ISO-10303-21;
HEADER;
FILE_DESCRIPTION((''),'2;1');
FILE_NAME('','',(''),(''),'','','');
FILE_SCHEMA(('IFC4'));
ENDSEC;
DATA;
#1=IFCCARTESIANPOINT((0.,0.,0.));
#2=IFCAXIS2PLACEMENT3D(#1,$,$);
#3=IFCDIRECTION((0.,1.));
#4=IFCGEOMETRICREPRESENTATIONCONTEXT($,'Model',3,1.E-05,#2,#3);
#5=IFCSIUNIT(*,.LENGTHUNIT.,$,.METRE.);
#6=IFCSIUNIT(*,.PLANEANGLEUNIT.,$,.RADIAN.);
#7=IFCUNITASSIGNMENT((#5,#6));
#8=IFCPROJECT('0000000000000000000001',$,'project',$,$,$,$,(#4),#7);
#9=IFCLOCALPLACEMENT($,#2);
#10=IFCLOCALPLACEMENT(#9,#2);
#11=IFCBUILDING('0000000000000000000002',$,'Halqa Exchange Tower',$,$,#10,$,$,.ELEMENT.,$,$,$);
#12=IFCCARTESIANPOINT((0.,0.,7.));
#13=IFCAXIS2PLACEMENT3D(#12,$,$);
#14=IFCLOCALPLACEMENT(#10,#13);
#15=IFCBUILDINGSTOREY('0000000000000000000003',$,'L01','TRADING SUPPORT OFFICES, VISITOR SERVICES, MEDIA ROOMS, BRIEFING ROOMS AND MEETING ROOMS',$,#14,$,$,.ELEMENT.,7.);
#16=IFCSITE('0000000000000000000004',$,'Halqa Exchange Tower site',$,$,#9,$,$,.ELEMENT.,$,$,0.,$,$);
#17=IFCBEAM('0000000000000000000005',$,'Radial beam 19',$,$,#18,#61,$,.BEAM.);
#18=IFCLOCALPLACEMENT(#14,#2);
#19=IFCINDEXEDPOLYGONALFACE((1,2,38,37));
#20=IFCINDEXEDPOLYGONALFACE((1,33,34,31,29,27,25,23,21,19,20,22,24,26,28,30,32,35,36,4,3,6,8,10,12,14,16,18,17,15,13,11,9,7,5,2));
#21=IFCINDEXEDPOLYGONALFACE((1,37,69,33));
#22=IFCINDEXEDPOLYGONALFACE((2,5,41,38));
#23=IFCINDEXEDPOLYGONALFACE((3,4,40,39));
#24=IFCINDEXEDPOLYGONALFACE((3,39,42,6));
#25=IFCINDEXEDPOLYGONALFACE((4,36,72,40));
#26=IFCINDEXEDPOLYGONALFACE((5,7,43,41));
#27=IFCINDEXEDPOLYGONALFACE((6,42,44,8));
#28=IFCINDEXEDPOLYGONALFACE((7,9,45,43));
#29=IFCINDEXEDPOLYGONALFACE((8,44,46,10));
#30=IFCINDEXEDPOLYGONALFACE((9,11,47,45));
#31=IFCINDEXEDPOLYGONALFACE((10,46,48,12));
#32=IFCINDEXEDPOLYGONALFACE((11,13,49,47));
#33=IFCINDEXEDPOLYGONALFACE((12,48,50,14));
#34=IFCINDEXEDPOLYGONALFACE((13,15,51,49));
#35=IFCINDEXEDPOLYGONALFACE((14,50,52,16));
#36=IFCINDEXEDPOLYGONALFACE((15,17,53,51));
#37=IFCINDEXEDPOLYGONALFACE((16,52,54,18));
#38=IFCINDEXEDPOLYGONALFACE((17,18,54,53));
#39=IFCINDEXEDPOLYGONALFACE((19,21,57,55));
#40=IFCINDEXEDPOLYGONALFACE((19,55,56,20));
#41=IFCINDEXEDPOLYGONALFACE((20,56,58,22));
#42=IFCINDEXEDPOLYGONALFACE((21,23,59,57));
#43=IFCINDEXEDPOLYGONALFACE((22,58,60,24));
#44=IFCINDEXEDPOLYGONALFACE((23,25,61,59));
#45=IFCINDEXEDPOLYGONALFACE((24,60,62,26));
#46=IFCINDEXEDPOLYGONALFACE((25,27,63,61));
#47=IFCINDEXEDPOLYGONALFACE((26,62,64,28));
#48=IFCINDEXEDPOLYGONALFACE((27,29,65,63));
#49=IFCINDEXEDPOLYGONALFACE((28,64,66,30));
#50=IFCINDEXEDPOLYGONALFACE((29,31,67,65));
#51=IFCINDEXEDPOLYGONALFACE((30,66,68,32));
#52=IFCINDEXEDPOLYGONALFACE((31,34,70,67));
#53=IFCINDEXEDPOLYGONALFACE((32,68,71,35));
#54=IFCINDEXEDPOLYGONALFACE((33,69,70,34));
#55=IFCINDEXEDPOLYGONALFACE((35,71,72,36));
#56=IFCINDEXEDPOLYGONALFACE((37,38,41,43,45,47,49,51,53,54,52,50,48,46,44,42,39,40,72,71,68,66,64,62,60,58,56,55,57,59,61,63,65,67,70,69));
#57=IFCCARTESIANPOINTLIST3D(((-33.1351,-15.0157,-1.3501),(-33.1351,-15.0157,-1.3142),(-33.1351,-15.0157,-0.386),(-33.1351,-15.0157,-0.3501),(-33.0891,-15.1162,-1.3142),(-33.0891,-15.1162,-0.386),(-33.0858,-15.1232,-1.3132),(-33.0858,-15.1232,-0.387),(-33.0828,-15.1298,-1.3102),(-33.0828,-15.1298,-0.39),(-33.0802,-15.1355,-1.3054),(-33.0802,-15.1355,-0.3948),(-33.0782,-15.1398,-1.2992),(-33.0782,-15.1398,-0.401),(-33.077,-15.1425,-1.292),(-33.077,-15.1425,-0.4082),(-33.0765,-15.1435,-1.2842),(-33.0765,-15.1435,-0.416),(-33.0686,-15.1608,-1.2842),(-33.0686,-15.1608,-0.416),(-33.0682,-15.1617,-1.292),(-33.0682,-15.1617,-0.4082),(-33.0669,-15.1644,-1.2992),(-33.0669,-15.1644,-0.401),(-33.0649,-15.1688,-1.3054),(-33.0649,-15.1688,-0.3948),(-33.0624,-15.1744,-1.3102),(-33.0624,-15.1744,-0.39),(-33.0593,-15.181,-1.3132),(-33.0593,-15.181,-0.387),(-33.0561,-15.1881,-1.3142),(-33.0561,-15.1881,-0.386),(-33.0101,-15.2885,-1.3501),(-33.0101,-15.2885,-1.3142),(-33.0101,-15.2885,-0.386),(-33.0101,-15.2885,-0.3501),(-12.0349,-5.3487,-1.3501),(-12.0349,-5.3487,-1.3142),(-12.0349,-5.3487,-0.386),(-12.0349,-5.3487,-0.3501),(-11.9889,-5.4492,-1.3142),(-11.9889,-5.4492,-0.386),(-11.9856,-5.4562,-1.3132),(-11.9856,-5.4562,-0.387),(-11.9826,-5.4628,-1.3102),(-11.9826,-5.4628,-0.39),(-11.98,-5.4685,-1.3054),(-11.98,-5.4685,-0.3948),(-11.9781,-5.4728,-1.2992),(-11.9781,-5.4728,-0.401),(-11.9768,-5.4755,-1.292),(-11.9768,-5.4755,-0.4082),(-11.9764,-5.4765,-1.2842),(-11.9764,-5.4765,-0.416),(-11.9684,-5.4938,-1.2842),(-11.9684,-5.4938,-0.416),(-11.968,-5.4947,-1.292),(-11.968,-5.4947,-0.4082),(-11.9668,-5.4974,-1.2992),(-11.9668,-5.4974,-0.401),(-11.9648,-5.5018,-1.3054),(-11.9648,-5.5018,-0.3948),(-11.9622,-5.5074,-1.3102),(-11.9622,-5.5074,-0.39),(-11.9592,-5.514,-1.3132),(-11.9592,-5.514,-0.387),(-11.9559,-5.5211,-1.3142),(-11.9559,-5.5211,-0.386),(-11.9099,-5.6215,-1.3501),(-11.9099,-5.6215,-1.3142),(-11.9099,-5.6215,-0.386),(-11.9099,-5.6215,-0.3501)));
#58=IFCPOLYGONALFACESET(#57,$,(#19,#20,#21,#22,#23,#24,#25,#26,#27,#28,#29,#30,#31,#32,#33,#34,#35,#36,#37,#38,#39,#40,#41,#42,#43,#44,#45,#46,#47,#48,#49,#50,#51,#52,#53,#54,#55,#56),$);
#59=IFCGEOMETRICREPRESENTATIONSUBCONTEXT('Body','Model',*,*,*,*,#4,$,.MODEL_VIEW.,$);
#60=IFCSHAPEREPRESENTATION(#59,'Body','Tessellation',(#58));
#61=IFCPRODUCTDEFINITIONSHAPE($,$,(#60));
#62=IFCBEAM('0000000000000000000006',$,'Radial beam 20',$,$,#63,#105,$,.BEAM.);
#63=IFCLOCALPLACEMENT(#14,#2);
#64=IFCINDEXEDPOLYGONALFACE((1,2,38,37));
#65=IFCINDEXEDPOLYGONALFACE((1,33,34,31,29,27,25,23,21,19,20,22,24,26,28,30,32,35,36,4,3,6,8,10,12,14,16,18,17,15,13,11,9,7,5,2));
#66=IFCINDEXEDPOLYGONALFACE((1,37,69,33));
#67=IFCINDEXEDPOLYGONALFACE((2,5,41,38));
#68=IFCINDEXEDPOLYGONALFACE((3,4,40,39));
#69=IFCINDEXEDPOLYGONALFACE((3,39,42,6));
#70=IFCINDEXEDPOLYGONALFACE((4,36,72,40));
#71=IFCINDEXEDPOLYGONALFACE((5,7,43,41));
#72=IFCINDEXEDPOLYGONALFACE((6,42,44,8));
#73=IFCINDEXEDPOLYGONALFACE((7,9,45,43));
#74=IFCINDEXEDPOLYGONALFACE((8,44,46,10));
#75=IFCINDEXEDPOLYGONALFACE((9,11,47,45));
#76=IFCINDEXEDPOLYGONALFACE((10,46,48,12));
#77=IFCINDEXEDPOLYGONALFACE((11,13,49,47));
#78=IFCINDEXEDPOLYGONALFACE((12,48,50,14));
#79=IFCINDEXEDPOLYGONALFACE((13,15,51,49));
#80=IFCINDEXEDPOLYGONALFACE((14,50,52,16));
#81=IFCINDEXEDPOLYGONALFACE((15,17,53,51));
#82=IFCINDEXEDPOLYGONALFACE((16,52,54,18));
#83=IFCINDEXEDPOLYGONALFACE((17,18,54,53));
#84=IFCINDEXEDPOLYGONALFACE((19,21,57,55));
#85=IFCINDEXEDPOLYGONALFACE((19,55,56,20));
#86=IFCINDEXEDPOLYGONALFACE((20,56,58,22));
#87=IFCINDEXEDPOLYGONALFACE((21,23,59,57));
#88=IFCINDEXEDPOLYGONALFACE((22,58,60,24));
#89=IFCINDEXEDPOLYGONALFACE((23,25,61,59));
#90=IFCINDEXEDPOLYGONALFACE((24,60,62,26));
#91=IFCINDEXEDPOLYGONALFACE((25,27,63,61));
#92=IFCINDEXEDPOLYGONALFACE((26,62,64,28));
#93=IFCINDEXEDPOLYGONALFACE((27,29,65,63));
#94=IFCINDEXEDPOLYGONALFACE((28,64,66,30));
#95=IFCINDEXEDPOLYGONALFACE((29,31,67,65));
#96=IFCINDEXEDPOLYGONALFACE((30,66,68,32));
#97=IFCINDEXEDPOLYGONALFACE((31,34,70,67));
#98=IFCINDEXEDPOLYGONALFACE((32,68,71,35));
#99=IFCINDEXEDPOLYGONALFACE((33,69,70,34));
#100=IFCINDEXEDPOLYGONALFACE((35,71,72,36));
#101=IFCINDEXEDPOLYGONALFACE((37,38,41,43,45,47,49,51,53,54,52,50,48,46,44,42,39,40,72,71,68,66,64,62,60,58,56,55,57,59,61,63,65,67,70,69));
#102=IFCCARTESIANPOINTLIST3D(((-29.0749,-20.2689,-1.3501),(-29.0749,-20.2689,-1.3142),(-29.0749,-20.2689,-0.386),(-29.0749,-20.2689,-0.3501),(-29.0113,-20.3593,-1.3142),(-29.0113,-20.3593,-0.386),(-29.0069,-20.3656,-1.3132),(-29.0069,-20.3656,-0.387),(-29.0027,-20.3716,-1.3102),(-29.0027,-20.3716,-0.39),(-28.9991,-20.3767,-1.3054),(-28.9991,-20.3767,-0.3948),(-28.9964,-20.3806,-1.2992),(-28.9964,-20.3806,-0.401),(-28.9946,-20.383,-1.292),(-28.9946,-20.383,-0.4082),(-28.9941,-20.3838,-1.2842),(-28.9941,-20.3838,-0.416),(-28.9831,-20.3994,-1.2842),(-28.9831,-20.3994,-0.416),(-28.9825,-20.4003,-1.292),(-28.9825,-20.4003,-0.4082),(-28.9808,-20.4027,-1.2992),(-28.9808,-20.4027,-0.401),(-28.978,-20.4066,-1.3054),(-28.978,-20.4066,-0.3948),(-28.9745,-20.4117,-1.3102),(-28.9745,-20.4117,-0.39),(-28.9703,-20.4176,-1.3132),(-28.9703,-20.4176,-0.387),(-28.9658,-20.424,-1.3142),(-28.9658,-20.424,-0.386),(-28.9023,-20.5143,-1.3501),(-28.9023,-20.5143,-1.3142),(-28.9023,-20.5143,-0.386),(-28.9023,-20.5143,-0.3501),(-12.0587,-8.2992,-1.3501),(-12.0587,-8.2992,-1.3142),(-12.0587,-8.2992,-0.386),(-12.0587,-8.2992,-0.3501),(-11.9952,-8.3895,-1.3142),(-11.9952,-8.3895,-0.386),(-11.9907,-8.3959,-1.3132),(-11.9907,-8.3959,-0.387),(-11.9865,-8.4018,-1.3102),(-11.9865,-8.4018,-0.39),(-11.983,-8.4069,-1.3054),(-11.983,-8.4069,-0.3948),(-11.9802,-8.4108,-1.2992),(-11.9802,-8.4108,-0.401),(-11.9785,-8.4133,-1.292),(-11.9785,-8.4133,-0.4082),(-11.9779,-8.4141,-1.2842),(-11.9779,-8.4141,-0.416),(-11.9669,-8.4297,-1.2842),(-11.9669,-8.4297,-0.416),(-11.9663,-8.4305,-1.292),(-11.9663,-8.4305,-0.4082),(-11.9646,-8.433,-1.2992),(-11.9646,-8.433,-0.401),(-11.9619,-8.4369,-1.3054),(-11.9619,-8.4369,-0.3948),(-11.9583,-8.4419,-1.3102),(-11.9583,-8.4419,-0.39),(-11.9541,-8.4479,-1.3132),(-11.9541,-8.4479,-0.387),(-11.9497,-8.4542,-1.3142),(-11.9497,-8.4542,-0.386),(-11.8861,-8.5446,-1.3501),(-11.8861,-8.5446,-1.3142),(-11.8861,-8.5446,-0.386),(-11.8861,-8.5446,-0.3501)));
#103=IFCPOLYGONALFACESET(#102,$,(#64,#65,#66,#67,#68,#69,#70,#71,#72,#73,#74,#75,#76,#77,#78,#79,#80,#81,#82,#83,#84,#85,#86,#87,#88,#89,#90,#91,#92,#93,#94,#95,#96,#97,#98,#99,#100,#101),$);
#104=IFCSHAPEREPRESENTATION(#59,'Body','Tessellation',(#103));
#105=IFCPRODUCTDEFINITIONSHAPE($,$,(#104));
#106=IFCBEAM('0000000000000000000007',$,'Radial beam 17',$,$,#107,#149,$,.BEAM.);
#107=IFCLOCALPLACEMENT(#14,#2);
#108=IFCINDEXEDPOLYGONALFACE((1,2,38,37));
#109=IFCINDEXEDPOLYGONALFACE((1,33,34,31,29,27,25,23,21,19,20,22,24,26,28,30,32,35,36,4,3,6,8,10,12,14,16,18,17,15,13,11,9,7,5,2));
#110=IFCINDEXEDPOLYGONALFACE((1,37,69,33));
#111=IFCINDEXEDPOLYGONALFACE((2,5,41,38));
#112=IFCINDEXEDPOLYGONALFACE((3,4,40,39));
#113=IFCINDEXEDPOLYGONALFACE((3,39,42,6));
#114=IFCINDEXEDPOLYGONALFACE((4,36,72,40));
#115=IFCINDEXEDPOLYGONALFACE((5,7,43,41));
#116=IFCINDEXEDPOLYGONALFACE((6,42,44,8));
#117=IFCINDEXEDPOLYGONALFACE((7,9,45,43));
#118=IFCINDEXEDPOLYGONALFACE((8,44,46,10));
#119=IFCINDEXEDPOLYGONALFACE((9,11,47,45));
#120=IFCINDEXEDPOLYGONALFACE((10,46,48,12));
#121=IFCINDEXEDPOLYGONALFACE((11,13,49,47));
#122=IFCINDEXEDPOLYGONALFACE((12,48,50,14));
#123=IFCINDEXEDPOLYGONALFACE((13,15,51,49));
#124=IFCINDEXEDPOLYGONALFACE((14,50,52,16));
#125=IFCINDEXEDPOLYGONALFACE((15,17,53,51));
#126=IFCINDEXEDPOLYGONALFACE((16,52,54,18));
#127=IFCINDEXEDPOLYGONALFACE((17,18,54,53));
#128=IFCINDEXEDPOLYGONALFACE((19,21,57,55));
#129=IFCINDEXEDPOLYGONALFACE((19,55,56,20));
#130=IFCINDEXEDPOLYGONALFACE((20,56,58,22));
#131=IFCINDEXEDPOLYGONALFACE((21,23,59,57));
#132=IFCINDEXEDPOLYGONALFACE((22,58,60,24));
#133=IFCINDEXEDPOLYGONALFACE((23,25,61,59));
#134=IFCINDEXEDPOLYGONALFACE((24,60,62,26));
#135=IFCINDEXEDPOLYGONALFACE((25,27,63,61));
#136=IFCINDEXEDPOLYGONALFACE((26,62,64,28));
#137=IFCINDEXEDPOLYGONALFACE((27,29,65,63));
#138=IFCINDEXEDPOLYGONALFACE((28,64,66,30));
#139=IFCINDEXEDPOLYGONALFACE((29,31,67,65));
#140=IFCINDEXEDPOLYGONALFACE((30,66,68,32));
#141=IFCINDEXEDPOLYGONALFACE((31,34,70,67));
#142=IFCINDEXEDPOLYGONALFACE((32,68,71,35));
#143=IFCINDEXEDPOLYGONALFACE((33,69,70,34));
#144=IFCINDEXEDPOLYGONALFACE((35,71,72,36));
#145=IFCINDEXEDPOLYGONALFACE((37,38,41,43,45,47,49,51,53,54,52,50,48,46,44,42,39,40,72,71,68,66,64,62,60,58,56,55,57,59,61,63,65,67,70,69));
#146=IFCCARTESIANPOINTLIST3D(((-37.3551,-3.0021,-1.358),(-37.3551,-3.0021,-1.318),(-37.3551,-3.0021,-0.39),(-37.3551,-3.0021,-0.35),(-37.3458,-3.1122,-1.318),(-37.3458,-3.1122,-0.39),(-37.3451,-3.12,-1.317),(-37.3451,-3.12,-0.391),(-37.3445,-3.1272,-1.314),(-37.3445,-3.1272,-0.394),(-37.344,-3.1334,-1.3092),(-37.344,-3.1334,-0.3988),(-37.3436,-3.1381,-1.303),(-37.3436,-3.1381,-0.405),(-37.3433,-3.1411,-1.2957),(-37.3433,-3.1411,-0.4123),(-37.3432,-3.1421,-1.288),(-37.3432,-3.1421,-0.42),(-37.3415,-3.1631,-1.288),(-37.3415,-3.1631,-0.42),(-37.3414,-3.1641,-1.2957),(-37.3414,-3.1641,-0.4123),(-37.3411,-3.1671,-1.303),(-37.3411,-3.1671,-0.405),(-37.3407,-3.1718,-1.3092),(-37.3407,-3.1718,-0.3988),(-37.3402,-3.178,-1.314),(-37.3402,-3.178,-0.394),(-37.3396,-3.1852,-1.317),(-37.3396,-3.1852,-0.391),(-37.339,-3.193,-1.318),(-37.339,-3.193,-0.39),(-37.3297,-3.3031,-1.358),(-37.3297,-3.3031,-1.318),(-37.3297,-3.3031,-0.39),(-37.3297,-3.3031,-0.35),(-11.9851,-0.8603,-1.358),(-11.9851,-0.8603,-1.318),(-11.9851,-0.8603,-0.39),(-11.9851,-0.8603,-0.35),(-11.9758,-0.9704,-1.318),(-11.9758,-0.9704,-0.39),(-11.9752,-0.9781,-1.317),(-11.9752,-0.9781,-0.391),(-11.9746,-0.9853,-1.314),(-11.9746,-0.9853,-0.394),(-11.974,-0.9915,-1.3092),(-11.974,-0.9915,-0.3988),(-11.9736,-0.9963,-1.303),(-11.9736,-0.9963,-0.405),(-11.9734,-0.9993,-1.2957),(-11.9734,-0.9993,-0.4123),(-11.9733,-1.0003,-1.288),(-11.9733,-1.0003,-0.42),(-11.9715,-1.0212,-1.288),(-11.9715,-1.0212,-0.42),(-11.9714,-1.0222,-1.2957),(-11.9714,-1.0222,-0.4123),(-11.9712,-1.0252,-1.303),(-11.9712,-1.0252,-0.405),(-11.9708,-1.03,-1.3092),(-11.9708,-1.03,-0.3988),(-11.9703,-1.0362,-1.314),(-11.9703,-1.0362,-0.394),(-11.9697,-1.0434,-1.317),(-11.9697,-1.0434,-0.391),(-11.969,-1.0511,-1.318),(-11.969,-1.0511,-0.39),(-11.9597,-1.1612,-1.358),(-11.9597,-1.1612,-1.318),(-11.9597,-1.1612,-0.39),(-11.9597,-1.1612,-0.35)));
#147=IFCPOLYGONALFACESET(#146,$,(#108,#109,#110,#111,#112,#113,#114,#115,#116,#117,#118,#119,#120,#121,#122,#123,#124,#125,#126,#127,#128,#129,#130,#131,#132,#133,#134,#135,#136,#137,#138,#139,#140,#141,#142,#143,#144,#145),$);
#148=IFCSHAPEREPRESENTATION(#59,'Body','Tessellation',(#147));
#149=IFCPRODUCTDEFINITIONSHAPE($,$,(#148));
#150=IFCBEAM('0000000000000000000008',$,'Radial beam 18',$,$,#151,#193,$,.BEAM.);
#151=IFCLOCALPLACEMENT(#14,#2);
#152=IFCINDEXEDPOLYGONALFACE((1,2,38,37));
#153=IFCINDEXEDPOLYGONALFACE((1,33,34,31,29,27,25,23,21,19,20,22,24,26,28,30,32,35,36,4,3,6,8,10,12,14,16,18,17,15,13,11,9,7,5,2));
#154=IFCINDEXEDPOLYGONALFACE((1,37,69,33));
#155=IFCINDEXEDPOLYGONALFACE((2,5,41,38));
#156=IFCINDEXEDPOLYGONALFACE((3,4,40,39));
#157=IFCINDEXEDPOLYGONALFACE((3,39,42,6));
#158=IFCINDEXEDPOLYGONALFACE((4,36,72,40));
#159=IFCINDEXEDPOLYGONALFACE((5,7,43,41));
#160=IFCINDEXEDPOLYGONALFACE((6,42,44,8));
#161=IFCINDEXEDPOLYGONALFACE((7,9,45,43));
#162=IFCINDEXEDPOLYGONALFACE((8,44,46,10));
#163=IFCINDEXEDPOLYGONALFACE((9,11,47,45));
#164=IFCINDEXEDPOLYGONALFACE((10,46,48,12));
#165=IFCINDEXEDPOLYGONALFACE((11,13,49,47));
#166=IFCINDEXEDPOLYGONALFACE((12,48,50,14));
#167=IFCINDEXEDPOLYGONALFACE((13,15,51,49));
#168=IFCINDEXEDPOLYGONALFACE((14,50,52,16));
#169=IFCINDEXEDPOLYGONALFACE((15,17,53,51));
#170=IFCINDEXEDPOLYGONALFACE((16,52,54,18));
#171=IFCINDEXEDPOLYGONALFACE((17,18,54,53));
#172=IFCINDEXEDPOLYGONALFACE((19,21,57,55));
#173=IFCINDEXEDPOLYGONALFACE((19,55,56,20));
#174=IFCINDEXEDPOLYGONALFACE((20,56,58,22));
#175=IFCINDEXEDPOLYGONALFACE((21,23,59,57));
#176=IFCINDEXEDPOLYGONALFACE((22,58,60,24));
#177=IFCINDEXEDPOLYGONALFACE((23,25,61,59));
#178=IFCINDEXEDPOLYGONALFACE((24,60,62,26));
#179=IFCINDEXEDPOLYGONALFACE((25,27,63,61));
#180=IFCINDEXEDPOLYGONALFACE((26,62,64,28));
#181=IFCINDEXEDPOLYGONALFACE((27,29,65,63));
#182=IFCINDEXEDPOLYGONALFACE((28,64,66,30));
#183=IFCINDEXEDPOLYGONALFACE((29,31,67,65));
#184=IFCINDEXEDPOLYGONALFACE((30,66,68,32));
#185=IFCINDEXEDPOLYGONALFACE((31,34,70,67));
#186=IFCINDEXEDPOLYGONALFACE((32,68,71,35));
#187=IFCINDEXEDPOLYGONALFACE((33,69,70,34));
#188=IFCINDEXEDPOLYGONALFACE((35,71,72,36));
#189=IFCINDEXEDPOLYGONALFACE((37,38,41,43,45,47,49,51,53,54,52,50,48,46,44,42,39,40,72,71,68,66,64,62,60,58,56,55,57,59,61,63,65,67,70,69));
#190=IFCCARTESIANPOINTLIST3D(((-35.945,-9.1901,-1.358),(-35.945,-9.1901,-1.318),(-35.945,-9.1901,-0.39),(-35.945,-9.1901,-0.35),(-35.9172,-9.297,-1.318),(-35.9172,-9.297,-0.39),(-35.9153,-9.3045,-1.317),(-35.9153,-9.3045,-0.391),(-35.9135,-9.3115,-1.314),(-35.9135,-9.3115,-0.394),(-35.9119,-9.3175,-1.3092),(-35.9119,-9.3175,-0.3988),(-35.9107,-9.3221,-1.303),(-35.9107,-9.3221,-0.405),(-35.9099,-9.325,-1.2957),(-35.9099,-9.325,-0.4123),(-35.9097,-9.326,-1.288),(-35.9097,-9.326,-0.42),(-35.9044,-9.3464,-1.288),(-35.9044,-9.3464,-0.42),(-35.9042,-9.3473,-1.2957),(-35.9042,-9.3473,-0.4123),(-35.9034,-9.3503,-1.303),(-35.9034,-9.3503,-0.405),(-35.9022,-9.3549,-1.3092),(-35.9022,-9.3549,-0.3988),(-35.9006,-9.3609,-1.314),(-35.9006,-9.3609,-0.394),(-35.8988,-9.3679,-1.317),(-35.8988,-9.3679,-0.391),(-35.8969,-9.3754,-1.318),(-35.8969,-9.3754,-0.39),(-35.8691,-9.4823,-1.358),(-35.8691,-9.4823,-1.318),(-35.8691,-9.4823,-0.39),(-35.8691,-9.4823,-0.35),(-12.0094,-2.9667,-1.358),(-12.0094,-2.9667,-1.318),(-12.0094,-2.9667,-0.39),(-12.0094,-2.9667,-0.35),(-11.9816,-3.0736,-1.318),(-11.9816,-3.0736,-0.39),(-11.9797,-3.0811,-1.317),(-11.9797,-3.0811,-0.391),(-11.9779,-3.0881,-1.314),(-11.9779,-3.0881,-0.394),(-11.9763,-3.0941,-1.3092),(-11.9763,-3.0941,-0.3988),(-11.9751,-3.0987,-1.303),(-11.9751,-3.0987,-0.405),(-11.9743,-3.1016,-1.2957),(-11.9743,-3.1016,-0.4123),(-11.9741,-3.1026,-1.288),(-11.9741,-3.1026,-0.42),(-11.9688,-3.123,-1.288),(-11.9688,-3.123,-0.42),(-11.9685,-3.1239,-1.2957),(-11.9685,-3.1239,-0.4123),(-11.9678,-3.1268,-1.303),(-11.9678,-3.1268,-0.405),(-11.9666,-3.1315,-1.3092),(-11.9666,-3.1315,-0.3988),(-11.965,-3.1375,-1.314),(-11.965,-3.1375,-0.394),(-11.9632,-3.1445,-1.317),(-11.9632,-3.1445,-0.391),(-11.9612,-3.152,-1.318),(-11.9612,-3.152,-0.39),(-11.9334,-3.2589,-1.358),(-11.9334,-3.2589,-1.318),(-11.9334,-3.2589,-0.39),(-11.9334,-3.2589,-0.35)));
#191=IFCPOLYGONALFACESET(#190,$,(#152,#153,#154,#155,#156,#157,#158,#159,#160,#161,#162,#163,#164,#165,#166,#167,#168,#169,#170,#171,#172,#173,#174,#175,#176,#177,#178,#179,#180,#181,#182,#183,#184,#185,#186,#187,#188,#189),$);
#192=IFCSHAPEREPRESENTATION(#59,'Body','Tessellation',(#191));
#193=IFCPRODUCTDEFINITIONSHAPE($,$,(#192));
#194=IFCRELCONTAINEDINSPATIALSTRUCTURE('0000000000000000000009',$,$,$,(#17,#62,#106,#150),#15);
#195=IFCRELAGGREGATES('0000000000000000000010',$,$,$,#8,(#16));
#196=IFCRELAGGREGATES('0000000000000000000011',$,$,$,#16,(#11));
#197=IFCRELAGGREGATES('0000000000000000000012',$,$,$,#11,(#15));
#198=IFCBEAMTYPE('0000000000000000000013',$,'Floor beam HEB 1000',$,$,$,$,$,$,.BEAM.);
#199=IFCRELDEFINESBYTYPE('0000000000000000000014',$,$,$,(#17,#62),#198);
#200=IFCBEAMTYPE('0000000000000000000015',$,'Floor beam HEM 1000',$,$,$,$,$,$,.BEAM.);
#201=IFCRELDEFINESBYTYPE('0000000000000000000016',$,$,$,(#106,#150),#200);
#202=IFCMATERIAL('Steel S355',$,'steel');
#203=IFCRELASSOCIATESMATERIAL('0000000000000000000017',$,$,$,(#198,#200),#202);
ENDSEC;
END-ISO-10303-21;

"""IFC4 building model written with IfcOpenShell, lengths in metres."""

from ifc_helpers import new_model, si_unit, direction, frame, origin, origin_2d, place, context, subcontext, project, spatial, i_section, extrude, material, material_profile, profile_set, type_object, element, save


model = new_model("IFC4")

# Units and contexts
model_context = context("Model", 3, precision=1e-05, world=origin(), true_north=direction((0.0, 1.0)))
body_context = subcontext(model_context, "Body", "Model", "MODEL_VIEW")
ifc_project = project(units=[si_unit("LENGTHUNIT", "METRE"), si_unit("PLANEANGLEUNIT", "RADIAN")], contexts=[model_context])

# Site, building, storey
site_placement = place(None, origin())
site = spatial("IfcSite", under=ifc_project, at=site_placement, Name="Halqa Exchange Tower site", CompositionType="ELEMENT", RefElevation=0.0)
building_placement = place(site_placement, origin())
building = spatial("IfcBuilding", under=site, at=building_placement, Name="Halqa Exchange Tower", CompositionType="ELEMENT")
storey_placement = place(building_placement, frame((0.0, 0.0, 7.0)))
storey = spatial("IfcBuildingStorey", under=building, at=storey_placement, Name="L01", Description="TRADING SUPPORT OFFICES, VISITOR SERVICES, MEDIA ROOMS, BRIEFING ROOMS AND MEETING ROOMS", CompositionType="ELEMENT", Elevation=7.0)

# Beams
ifc_material_1 = material(Name="Steel S355", Category="steel")
ifc_material_profile_1 = material_profile(ifc_material_1, i_section(OverallWidth=0.3, OverallDepth=1.0, WebThickness=0.019, FlangeThickness=0.0359, FilletRadius=0.03, at=origin_2d()), Name="HEB 1000")
ifc_profile_set_1 = profile_set([ifc_material_profile_1], Name="Steel S355")
beam_type_1 = type_object("IfcBeamType", Name="Floor beam HEB 1000", PredefinedType="BEAM", material=ifc_profile_set_1)
beam_1_placement = place(storey_placement, frame((-11.9724, -5.4851, -0.8501), z_axis=(-0.909128, -0.416516, 0.0), x_axis=(0.416516, -0.909128, 0.0)))
element("IfcBeam", 1, at=beam_1_placement, inside=storey, type_object=beam_type_1, Name="Radial beam 19", PredefinedType="BEAM", context=body_context, shape_type="SweptSolid", body=[
    extrude(i_section(OverallWidth=0.3, OverallDepth=1.0, WebThickness=0.019, FlangeThickness=0.0359, FilletRadius=0.03, at=origin_2d()), origin(), (0.0, 0.0, 1.0), 23.2092),
])
beam_2_placement = place(storey_placement, frame((-11.9724, -8.4219, -0.8501), z_axis=(-0.81791, -0.575346, 0.0), x_axis=(0.575346, -0.81791, 0.0)))
element("IfcBeam", 2, at=beam_2_placement, inside=storey, type_object=beam_type_1, Name="Radial beam 20", PredefinedType="BEAM", context=body_context, shape_type="SweptSolid", body=[
    extrude(i_section(OverallWidth=0.3, OverallDepth=1.0, WebThickness=0.019, FlangeThickness=0.0359, FilletRadius=0.03, at=origin_2d()), origin(), (0.0, 0.0, 1.0), 20.8044),
])
ifc_material_profile_2 = material_profile(ifc_material_1, i_section(OverallWidth=0.302, OverallDepth=1.0081, WebThickness=0.021, FlangeThickness=0.04, FilletRadius=0.03, at=origin_2d()), Name="HEM 1000")
ifc_profile_set_2 = profile_set([ifc_material_profile_2], Name="Steel S355")
beam_type_2 = type_object("IfcBeamType", Name="Floor beam HEM 1000", PredefinedType="BEAM", material=ifc_profile_set_2)
beam_3_placement = place(storey_placement, frame((-11.9724, -1.0107, -0.854), z_axis=(-0.996455, -0.084125, 0.0), x_axis=(0.084125, -0.996455, 0.0)))
element("IfcBeam", 3, at=beam_3_placement, inside=storey, type_object=beam_type_2, Name="Radial beam 17", PredefinedType="BEAM", context=body_context, shape_type="SweptSolid", body=[
    extrude(i_section(OverallWidth=0.302, OverallDepth=1.0081, WebThickness=0.021, FlangeThickness=0.04, FilletRadius=0.03, at=origin_2d()), origin(), (0.0, 0.0, 1.0), 25.4602),
])
beam_4_placement = place(storey_placement, frame((-11.9714, -3.1128, -0.854), z_axis=(-0.967821, -0.251639, 0.0), x_axis=(0.251639, -0.967821, 0.0)))
element("IfcBeam", 4, at=beam_4_placement, inside=storey, type_object=beam_type_2, Name="Radial beam 18", PredefinedType="BEAM", context=body_context, shape_type="SweptSolid", body=[
    extrude(i_section(OverallWidth=0.302, OverallDepth=1.0081, WebThickness=0.021, FlangeThickness=0.04, FilletRadius=0.03, at=origin_2d()), origin(), (0.0, 0.0, 1.0), 24.7314),
])

save(model, "model.ifc")
